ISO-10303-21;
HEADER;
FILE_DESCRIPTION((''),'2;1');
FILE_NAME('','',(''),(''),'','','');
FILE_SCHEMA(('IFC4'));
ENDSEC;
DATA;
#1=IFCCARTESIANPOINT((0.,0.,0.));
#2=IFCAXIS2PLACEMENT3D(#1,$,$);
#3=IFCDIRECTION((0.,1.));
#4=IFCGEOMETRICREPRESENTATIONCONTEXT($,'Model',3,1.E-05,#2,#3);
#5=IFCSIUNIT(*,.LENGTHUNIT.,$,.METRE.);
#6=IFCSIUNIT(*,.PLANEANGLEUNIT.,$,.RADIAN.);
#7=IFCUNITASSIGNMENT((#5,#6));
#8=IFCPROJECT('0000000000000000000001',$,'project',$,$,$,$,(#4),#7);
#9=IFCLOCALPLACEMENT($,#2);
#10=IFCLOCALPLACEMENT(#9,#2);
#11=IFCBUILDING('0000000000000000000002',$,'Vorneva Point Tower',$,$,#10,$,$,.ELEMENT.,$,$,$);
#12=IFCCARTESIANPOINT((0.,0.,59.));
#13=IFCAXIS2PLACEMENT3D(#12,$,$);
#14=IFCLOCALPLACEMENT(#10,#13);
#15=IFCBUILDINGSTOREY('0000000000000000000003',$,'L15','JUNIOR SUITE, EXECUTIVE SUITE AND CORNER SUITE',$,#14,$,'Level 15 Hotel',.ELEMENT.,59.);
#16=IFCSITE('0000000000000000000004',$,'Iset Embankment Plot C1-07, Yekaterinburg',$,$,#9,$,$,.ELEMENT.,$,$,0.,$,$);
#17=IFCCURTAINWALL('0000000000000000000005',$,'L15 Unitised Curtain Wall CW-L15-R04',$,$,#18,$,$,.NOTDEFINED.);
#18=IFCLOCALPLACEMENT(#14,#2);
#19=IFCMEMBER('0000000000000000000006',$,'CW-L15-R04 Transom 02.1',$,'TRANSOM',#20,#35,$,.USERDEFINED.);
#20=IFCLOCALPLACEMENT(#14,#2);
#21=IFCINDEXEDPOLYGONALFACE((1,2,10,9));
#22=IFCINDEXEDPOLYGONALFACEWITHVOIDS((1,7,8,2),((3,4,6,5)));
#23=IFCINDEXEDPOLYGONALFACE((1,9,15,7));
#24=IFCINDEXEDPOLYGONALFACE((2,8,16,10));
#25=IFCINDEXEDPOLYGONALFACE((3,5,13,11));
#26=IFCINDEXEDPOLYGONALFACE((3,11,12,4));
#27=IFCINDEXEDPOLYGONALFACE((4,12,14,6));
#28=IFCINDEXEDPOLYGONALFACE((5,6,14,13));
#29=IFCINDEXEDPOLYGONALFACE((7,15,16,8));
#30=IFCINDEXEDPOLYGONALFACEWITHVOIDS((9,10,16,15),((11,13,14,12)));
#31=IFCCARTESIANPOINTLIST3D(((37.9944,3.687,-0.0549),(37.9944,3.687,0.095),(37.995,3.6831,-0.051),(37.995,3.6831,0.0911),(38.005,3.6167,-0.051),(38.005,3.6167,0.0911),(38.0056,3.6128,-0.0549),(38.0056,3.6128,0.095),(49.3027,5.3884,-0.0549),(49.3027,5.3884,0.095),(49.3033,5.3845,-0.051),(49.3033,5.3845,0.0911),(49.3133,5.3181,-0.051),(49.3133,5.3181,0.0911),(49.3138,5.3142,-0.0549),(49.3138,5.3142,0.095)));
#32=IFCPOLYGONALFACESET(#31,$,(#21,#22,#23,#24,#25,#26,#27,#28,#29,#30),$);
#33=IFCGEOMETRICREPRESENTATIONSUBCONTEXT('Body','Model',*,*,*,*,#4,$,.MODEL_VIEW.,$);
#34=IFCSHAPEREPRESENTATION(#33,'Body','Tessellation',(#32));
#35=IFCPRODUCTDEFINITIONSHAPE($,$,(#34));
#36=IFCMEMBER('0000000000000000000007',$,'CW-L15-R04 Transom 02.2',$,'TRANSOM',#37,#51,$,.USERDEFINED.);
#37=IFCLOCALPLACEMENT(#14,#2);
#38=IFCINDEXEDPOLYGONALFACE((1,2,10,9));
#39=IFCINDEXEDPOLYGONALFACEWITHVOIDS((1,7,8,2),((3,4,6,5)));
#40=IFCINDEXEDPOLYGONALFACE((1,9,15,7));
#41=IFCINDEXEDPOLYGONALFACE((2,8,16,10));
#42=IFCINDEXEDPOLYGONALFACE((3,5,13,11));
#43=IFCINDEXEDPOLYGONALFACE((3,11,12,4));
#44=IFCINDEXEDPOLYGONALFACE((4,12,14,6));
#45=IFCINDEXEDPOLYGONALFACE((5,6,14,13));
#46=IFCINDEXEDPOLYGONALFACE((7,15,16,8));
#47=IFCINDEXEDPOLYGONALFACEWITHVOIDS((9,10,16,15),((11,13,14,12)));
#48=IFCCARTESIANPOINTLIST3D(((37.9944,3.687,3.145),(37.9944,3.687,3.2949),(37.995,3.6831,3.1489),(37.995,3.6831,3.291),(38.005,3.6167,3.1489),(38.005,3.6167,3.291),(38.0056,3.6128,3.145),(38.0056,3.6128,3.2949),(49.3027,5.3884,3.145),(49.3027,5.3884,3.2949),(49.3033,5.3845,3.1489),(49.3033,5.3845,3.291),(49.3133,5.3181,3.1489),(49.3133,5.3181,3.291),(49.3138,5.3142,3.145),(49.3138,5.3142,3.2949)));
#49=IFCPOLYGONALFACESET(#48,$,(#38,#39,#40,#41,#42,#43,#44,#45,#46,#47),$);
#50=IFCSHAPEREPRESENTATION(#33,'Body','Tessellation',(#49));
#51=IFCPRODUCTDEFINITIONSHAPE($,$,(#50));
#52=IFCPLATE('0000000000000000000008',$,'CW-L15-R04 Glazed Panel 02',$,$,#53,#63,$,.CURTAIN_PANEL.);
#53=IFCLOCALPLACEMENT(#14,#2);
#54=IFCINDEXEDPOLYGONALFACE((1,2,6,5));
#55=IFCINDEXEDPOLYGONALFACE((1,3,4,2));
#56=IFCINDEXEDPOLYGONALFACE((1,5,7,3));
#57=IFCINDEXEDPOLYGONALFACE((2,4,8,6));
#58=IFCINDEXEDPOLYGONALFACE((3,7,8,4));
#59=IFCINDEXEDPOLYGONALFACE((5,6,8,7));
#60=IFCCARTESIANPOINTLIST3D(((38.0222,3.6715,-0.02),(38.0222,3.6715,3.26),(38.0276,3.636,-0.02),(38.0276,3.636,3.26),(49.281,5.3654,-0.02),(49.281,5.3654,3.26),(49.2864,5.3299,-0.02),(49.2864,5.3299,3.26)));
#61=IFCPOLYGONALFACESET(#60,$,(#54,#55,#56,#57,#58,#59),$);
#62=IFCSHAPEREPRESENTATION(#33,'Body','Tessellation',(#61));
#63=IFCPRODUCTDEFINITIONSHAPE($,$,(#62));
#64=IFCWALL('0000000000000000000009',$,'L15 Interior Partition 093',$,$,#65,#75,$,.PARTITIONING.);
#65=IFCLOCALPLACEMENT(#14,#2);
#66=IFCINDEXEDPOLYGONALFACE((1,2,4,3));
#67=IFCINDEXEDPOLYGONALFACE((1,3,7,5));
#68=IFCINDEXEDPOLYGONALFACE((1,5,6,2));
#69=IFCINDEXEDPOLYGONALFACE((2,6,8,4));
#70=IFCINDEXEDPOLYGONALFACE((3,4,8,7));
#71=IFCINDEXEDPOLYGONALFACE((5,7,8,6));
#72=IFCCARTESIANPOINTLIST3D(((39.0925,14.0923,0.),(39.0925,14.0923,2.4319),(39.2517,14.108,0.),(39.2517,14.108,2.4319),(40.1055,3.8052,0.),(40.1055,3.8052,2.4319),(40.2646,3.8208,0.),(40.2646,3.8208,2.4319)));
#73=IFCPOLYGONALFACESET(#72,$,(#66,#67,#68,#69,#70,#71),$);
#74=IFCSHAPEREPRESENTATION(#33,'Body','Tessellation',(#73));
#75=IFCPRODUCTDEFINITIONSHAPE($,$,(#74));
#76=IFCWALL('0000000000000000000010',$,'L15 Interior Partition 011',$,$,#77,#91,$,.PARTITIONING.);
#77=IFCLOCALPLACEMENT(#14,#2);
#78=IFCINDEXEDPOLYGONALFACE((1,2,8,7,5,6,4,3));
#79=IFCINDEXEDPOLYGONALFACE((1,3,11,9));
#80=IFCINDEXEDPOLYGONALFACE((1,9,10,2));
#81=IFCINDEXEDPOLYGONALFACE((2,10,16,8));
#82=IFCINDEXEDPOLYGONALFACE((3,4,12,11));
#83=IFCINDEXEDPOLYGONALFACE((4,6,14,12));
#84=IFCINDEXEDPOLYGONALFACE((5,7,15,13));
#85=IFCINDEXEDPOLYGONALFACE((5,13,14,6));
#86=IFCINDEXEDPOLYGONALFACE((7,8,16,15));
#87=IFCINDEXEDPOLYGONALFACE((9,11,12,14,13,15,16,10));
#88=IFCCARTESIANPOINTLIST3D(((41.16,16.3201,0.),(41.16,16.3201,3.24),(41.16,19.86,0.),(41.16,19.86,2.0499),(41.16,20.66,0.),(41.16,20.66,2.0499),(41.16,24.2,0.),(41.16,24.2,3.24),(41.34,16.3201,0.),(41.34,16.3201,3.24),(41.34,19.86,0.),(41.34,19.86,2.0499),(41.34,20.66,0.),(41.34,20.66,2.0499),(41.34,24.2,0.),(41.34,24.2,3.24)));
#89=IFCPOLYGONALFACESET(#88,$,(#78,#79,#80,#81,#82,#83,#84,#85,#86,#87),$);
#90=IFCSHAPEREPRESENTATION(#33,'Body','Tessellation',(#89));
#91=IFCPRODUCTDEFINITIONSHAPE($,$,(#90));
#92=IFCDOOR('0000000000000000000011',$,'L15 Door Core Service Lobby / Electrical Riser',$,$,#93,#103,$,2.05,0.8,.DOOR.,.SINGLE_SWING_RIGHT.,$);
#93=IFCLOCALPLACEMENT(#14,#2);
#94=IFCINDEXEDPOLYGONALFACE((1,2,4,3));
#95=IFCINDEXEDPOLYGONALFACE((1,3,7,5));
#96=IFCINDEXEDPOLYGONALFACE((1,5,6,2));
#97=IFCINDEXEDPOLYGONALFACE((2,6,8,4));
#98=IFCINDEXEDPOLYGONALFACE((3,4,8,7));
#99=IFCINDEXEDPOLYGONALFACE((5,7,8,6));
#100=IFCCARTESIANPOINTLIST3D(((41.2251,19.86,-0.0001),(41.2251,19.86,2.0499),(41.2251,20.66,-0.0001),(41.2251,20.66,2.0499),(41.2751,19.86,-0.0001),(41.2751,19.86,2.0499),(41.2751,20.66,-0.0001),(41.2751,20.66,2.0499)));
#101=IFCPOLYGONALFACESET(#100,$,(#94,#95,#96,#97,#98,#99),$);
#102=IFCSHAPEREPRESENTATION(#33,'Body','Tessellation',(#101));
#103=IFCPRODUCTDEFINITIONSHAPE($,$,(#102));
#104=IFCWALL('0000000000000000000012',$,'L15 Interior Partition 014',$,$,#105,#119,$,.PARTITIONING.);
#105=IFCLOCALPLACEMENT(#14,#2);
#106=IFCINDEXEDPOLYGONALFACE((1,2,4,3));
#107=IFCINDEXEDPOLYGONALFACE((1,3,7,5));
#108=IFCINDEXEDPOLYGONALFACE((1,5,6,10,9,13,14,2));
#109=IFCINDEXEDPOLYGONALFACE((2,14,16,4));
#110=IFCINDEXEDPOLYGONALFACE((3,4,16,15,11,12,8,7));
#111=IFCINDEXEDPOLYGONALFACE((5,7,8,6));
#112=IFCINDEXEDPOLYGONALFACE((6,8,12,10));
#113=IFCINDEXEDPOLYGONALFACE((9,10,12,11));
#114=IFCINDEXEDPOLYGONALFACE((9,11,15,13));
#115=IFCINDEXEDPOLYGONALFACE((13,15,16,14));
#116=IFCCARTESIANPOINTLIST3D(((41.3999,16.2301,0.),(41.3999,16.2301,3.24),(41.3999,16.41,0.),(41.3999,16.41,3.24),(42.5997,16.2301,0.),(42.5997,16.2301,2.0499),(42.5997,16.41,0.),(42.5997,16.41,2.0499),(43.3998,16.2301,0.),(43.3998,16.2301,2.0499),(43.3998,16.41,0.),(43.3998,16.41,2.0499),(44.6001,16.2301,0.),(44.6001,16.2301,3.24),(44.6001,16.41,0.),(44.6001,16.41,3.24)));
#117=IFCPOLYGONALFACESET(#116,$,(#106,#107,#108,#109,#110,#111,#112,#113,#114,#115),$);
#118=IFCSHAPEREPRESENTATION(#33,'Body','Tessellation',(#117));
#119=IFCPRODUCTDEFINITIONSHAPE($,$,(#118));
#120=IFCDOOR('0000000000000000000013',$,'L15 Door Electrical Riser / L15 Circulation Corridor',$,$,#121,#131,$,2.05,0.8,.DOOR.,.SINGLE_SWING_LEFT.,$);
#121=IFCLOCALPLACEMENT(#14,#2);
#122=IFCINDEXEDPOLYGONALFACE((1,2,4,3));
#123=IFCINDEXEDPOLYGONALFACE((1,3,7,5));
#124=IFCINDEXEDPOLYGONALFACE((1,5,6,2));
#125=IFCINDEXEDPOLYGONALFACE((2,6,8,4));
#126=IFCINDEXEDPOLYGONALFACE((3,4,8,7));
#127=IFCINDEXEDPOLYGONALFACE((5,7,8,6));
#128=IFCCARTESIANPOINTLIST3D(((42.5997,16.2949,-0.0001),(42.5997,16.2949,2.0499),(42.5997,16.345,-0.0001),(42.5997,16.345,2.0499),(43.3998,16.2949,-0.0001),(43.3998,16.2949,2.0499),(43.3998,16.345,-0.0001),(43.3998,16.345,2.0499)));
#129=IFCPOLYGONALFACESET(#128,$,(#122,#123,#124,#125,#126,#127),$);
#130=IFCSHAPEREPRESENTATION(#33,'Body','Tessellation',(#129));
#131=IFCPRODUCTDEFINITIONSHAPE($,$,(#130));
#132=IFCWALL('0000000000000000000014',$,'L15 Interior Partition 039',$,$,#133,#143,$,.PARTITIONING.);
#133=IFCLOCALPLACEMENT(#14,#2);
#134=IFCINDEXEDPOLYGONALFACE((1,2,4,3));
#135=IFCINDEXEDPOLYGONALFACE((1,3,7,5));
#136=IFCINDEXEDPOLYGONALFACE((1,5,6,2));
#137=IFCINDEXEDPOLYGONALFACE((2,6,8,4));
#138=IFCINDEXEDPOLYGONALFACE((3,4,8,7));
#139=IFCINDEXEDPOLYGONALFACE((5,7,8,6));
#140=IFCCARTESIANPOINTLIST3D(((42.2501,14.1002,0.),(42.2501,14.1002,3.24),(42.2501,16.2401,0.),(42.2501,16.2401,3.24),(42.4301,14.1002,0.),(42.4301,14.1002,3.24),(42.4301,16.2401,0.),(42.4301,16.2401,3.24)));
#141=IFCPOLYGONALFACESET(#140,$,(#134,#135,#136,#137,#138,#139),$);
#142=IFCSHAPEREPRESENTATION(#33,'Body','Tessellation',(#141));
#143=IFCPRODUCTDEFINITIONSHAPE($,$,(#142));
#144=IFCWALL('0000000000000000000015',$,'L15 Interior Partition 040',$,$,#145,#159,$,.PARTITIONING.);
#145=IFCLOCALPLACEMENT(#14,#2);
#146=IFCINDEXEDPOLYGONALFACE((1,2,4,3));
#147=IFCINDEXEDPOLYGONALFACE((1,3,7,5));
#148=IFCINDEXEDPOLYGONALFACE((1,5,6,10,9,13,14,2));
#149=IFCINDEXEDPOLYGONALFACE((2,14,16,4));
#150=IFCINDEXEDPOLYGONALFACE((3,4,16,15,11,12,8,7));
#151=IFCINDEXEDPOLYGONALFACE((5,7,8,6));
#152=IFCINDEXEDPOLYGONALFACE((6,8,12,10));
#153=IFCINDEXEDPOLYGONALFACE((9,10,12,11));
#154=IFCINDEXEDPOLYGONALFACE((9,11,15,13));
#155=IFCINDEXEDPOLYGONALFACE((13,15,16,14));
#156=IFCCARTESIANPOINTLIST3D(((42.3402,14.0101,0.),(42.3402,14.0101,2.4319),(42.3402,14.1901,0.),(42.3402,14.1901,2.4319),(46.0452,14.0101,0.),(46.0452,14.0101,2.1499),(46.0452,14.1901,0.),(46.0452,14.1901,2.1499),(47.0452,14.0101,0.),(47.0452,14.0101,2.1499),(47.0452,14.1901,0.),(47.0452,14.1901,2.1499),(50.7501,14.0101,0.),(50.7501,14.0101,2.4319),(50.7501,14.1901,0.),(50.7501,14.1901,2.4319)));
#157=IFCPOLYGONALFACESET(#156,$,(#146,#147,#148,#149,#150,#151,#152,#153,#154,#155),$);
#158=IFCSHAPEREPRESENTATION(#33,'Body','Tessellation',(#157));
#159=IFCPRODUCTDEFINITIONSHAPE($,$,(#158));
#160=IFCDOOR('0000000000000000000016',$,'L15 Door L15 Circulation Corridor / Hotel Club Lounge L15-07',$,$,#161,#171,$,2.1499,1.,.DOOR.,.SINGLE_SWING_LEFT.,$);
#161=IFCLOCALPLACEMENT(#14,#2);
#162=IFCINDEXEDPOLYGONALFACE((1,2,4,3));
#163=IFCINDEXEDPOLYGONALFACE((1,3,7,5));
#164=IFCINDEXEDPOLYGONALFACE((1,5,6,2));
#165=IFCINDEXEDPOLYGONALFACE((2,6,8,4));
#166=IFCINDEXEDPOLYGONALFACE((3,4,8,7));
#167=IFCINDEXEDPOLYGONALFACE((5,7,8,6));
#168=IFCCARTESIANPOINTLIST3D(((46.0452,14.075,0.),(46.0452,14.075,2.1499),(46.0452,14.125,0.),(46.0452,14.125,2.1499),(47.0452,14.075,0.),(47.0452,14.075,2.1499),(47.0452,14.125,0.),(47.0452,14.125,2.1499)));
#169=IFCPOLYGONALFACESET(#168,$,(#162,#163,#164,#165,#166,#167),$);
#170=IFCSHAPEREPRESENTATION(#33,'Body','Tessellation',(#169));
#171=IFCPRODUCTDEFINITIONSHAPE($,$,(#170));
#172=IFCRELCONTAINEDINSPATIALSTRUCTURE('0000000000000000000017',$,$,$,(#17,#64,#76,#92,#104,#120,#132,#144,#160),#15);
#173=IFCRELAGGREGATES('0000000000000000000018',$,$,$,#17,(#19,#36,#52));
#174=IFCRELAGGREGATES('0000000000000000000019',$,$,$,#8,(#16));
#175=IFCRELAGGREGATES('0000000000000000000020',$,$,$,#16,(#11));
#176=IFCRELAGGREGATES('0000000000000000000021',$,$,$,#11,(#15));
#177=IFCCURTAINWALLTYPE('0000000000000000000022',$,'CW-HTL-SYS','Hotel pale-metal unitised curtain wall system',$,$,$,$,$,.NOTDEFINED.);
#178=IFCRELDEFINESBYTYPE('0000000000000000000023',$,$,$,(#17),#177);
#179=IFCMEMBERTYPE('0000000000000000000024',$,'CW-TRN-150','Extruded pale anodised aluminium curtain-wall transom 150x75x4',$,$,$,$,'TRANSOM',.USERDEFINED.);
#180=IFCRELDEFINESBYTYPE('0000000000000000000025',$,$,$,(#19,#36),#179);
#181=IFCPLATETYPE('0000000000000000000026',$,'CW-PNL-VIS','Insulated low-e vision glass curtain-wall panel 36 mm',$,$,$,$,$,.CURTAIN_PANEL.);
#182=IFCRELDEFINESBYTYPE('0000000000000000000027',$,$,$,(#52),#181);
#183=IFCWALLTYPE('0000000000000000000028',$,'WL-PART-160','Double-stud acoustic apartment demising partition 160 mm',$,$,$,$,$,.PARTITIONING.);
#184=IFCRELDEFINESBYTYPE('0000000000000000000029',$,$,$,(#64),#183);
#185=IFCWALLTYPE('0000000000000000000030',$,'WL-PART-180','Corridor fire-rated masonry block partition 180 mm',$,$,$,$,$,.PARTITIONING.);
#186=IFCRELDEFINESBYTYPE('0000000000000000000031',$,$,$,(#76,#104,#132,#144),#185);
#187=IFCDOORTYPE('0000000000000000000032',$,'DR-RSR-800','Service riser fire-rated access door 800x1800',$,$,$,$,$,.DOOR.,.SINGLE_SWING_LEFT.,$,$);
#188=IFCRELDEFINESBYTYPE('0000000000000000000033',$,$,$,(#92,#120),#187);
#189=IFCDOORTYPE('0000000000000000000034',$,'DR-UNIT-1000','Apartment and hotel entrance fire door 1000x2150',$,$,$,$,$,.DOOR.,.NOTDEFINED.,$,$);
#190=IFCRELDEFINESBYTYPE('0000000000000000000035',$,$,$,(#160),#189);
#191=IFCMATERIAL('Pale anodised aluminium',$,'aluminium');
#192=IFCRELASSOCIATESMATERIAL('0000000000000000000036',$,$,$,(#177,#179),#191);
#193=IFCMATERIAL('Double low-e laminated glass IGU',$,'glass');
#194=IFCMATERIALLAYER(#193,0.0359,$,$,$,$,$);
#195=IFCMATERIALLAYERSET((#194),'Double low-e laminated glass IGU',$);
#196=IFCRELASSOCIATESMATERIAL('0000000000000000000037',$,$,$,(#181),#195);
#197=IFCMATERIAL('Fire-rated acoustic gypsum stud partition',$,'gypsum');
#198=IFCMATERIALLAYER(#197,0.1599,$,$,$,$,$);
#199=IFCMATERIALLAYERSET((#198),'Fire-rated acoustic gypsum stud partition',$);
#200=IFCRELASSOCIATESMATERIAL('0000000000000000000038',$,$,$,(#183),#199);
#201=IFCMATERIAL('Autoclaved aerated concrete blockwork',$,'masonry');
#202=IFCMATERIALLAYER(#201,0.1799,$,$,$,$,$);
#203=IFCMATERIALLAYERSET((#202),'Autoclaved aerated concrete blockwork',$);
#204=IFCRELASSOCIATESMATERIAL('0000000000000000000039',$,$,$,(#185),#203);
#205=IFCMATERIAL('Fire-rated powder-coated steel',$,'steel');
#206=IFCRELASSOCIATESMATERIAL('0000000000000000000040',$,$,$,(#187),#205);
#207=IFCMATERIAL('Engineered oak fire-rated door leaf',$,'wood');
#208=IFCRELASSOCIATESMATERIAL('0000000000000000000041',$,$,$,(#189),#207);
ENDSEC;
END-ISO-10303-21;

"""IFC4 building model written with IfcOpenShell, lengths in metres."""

from ifc_helpers import new_model, si_unit, direction, frame, frame_2d, origin, origin_2d, place, context, subcontext, project, spatial, rectangle, hollow_rectangle, extrude, material, layer, layer_set, material_profile, profile_set, type_object, element, fill, aggregate, save


model = new_model("IFC4")

# Units and contexts
model_context = context("Model", 3, precision=1e-05, world=origin(), true_north=direction((0.0, 1.0)))
body_context = subcontext(model_context, "Body", "Model", "MODEL_VIEW")
ifc_project = project(units=[si_unit("LENGTHUNIT", "METRE"), si_unit("PLANEANGLEUNIT", "RADIAN")], contexts=[model_context])

# Site, building, storey
site_placement = place(None, origin())
site = spatial("IfcSite", under=ifc_project, at=site_placement, Name="Iset Embankment Plot C1-07, Yekaterinburg", CompositionType="ELEMENT", RefElevation=0.0)
building_placement = place(site_placement, origin())
building = spatial("IfcBuilding", under=site, at=building_placement, Name="Vorneva Point Tower", CompositionType="ELEMENT")
storey_placement = place(building_placement, frame((0.0, 0.0, 59.0)))
storey = spatial("IfcBuildingStorey", under=building, at=storey_placement, Name="L15", Description="JUNIOR SUITE, EXECUTIVE SUITE AND CORNER SUITE", LongName="Level 15 Hotel", CompositionType="ELEMENT", Elevation=59.0)

# Curtain wall, members, plate
ifc_material_1 = material(Name="Pale anodised aluminium", Category="aluminium")
curtain_wall_type = type_object("IfcCurtainWallType", Name="CW-HTL-SYS", Description="Hotel pale-metal unitised curtain wall system", PredefinedType="NOTDEFINED", material=ifc_material_1)
curtain_wall_placement = place(storey_placement, origin())
curtain_wall = element("IfcCurtainWall", 1, at=curtain_wall_placement, inside=storey, type_object=curtain_wall_type, Name="L15 Unitised Curtain Wall CW-L15-R04", PredefinedType="NOTDEFINED")
ifc_material_profile_1 = material_profile(ifc_material_1, hollow_rectangle(XDim=0.075, YDim=0.1499, WallThickness=0.0039, at=origin_2d()), Name="AL-TRN 150x75x4")
ifc_profile_set_1 = profile_set([ifc_material_profile_1], Name="Pale anodised aluminium")
member_type_1 = type_object("IfcMemberType", Name="CW-TRN-150", Description="Extruded pale anodised aluminium curtain-wall transom 150x75x4", ElementType="TRANSOM", PredefinedType="USERDEFINED", material=ifc_profile_set_1)
member_1_placement = place(storey_placement, frame((38.0, 3.6499, 0.02), z_axis=(0.98887, 0.148782, 0.0), x_axis=(-0.148782, 0.98887, 0.0)))
member_1 = element("IfcMember", 2, at=member_1_placement, type_object=member_type_1, Name="CW-L15-R04 Transom 02.1", ObjectType="TRANSOM", PredefinedType="USERDEFINED", context=body_context, shape_type="SweptSolid", body=[
    extrude(hollow_rectangle(XDim=0.075, YDim=0.1499, WallThickness=0.0039, at=origin_2d()), origin(), (0.0, 0.0, 1.0), 11.4355),
])
member_2_placement = place(storey_placement, frame((38.0, 3.6499, 3.22), z_axis=(0.98887, 0.148782, 0.0), x_axis=(-0.148782, 0.98887, 0.0)))
member_2 = element("IfcMember", 3, at=member_2_placement, type_object=member_type_1, Name="CW-L15-R04 Transom 02.2", ObjectType="TRANSOM", PredefinedType="USERDEFINED", context=body_context, shape_type="SweptSolid", body=[
    extrude(hollow_rectangle(XDim=0.075, YDim=0.1499, WallThickness=0.0039, at=origin_2d()), origin(), (0.0, 0.0, 1.0), 11.4355),
])
ifc_material_2 = material(Name="Double low-e laminated glass IGU", Category="glass")
ifc_layer_1 = layer(ifc_material_2, 0.0359)
ifc_layer_set_1 = layer_set([ifc_layer_1], Name="Double low-e laminated glass IGU")
plate_type = type_object("IfcPlateType", Name="CW-PNL-VIS", Description="Insulated low-e vision glass curtain-wall panel 36 mm", PredefinedType="CURTAIN_PANEL", material=ifc_layer_set_1)
plate_placement = place(storey_placement, frame((43.6543, 4.5007, -0.02), z_axis=(0.0, 0.0, 1.0), x_axis=(0.988871, 0.148776, 0.0)))
plate = element("IfcPlate", 4, at=plate_placement, type_object=plate_type, Name="CW-L15-R04 Glazed Panel 02", PredefinedType="CURTAIN_PANEL", context=body_context, shape_type="SweptSolid", body=[
    extrude(rectangle(XDim=11.3855, YDim=0.0359, at=origin_2d()), origin(), (0.0, 0.0, 1.0), 3.28),
])
aggregate(curtain_wall, [member_1, member_2, plate])

# Wall
ifc_material_3 = material(Name="Fire-rated acoustic gypsum stud partition", Category="gypsum")
ifc_layer_2 = layer(ifc_material_3, 0.1599)
ifc_layer_set_2 = layer_set([ifc_layer_2], Name="Fire-rated acoustic gypsum stud partition")
wall_type_1 = type_object("IfcWallType", Name="WL-PART-160", Description="Double-stud acoustic apartment demising partition 160 mm", PredefinedType="PARTITIONING", material=ifc_layer_set_2)
wall_1_placement = place(storey_placement, frame((40.1851, 3.813, 0.0), z_axis=(0.0, 0.0, 1.0), x_axis=(-0.097993, 0.995187, 0.0)))
element("IfcWall", 5, at=wall_1_placement, inside=storey, type_object=wall_type_1, Name="L15 Interior Partition 093", PredefinedType="PARTITIONING", context=body_context, shape_type="SweptSolid", body=[
    extrude(rectangle(XDim=10.3369, YDim=0.1599, at=frame_2d((5.1685, 0.0))), origin(), (0.0, 0.0, 1.0), 2.4319),
])

# Walls, openings, doors
ifc_material_4 = material(Name="Autoclaved aerated concrete blockwork", Category="masonry")
ifc_layer_3 = layer(ifc_material_4, 0.1799)
ifc_layer_set_3 = layer_set([ifc_layer_3], Name="Autoclaved aerated concrete blockwork")
wall_type_2 = type_object("IfcWallType", Name="WL-PART-180", Description="Corridor fire-rated masonry block partition 180 mm", PredefinedType="PARTITIONING", material=ifc_layer_set_3)
wall_2_placement = place(storey_placement, frame((41.25, 16.3201, 0.0), z_axis=(0.0, 0.0, 1.0), x_axis=(0.0, 1.0, 0.0)))
wall_2 = element("IfcWall", 6, at=wall_2_placement, inside=storey, type_object=wall_type_2, Name="L15 Interior Partition 011", PredefinedType="PARTITIONING", context=body_context, shape_type="SweptSolid", body=[
    extrude(rectangle(XDim=7.8799, YDim=0.1799, at=frame_2d((3.9399, 0.0))), origin(), (0.0, 0.0, 1.0), 3.24),
])
opening_1_placement = place(wall_2_placement, frame((3.54, 0.0, 0.0)))
opening_1 = element("IfcOpeningElement", 7, at=opening_1_placement, cuts=wall_2, PredefinedType="OPENING", context=body_context, shape_type="SweptSolid", body=[
    extrude(rectangle(XDim=0.8, YDim=2.05, at=frame_2d((0.3999, 1.0249))), frame((0.0, 0.105, 0.0), z_axis=(0.0, -1.0, 0.0), x_axis=(1.0, 0.0, 0.0)), (0.0, 0.0, 1.0), 0.2097),
])
ifc_material_5 = material(Name="Fire-rated powder-coated steel", Category="steel")
door_type_1 = type_object("IfcDoorType", Name="DR-RSR-800", Description="Service riser fire-rated access door 800x1800", OperationType="SINGLE_SWING_LEFT", PredefinedType="DOOR", material=ifc_material_5)
door_1_placement = place(opening_1_placement, origin())
door_1 = element("IfcDoor", 8, at=door_1_placement, inside=storey, type_object=door_type_1, Name="L15 Door Core Service Lobby / Electrical Riser", OperationType="SINGLE_SWING_RIGHT", OverallHeight=2.05, OverallWidth=0.8, PredefinedType="DOOR", context=body_context, shape_type="SweptSolid", body=[
    extrude(rectangle(XDim=0.8, YDim=2.05, at=frame_2d((0.3999, 1.0249))), frame((0.0, 0.0249, 0.0), z_axis=(0.0, -1.0, 0.0), x_axis=(1.0, 0.0, 0.0)), (0.0, 0.0, 1.0), 0.05),
])
fill(opening_1, door_1)
wall_3_placement = place(storey_placement, frame((41.3999, 16.3201, 0.0), z_axis=(0.0, 0.0, 1.0), x_axis=(1.0, 0.0, 0.0)))
wall_3 = element("IfcWall", 9, at=wall_3_placement, inside=storey, type_object=wall_type_2, Name="L15 Interior Partition 014", PredefinedType="PARTITIONING", context=body_context, shape_type="SweptSolid", body=[
    extrude(rectangle(XDim=3.2002, YDim=0.1799, at=frame_2d((1.6001, 0.0))), origin(), (0.0, 0.0, 1.0), 3.24),
])
opening_2_placement = place(wall_3_placement, frame((1.2, 0.0, 0.0)))
opening_2 = element("IfcOpeningElement", 10, at=opening_2_placement, cuts=wall_3, PredefinedType="OPENING", context=body_context, shape_type="SweptSolid", body=[
    extrude(rectangle(XDim=0.8, YDim=2.05, at=frame_2d((0.3999, 1.0249))), frame((0.0, 0.105, 0.0), z_axis=(0.0, -1.0, 0.0), x_axis=(1.0, 0.0, 0.0)), (0.0, 0.0, 1.0), 0.2097),
])
door_2_placement = place(opening_2_placement, origin())
door_2 = element("IfcDoor", 11, at=door_2_placement, inside=storey, type_object=door_type_1, Name="L15 Door Electrical Riser / L15 Circulation Corridor", OperationType="SINGLE_SWING_LEFT", OverallHeight=2.05, OverallWidth=0.8, PredefinedType="DOOR", context=body_context, shape_type="SweptSolid", body=[
    extrude(rectangle(XDim=0.8, YDim=2.05, at=frame_2d((0.3999, 1.0249))), frame((0.0, 0.0249, 0.0), z_axis=(0.0, -1.0, 0.0), x_axis=(1.0, 0.0, 0.0)), (0.0, 0.0, 1.0), 0.05),
])
fill(opening_2, door_2)

# Wall
wall_4_placement = place(storey_placement, frame((42.3401, 16.24, 0.0), z_axis=(0.0, 0.0, 1.0), x_axis=(0.0, -1.0, 0.0)))
element("IfcWall", 12, at=wall_4_placement, inside=storey, type_object=wall_type_2, Name="L15 Interior Partition 039", PredefinedType="PARTITIONING", context=body_context, shape_type="SweptSolid", body=[
    extrude(rectangle(XDim=2.1399, YDim=0.1799, at=frame_2d((1.0698, 0.0))), origin(), (0.0, 0.0, 1.0), 3.24),
])

# Wall, opening, door
wall_5_placement = place(storey_placement, frame((42.3401, 14.1001, 0.0), z_axis=(0.0, 0.0, 1.0), x_axis=(1.0, 0.0, 0.0)))
wall_5 = element("IfcWall", 13, at=wall_5_placement, inside=storey, type_object=wall_type_2, Name="L15 Interior Partition 040", PredefinedType="PARTITIONING", context=body_context, shape_type="SweptSolid", body=[
    extrude(rectangle(XDim=8.4099, YDim=0.1799, at=frame_2d((4.2051, 0.0))), origin(), (0.0, 0.0, 1.0), 2.4319),
])
opening_3_placement = place(wall_5_placement, frame((3.7051, 0.0, 0.0)))
opening_3 = element("IfcOpeningElement", 14, at=opening_3_placement, cuts=wall_5, PredefinedType="OPENING", context=body_context, shape_type="SweptSolid", body=[
    extrude(rectangle(XDim=1.0, YDim=2.1499, at=frame_2d((0.5, 1.075))), frame((0.0, 0.105, 0.0), z_axis=(0.0, -1.0, 0.0), x_axis=(1.0, 0.0, 0.0)), (0.0, 0.0, 1.0), 0.2097),
])
ifc_material_6 = material(Name="Engineered oak fire-rated door leaf", Category="wood")
door_type_2 = type_object("IfcDoorType", Name="DR-UNIT-1000", Description="Apartment and hotel entrance fire door 1000x2150", OperationType="NOTDEFINED", PredefinedType="DOOR", material=ifc_material_6)
door_3_placement = place(opening_3_placement, origin())
door_3 = element("IfcDoor", 15, at=door_3_placement, inside=storey, type_object=door_type_2, Name="L15 Door L15 Circulation Corridor / Hotel Club Lounge L15-07", OperationType="SINGLE_SWING_LEFT", OverallHeight=2.1499, OverallWidth=1.0, PredefinedType="DOOR", context=body_context, shape_type="SweptSolid", body=[
    extrude(rectangle(XDim=1.0, YDim=2.1499, at=frame_2d((0.5, 1.075))), frame((0.0, 0.0249, 0.0), z_axis=(0.0, -1.0, 0.0), x_axis=(1.0, 0.0, 0.0)), (0.0, 0.0, 1.0), 0.05),
])
fill(opening_3, door_3)

save(model, "model.ifc")
